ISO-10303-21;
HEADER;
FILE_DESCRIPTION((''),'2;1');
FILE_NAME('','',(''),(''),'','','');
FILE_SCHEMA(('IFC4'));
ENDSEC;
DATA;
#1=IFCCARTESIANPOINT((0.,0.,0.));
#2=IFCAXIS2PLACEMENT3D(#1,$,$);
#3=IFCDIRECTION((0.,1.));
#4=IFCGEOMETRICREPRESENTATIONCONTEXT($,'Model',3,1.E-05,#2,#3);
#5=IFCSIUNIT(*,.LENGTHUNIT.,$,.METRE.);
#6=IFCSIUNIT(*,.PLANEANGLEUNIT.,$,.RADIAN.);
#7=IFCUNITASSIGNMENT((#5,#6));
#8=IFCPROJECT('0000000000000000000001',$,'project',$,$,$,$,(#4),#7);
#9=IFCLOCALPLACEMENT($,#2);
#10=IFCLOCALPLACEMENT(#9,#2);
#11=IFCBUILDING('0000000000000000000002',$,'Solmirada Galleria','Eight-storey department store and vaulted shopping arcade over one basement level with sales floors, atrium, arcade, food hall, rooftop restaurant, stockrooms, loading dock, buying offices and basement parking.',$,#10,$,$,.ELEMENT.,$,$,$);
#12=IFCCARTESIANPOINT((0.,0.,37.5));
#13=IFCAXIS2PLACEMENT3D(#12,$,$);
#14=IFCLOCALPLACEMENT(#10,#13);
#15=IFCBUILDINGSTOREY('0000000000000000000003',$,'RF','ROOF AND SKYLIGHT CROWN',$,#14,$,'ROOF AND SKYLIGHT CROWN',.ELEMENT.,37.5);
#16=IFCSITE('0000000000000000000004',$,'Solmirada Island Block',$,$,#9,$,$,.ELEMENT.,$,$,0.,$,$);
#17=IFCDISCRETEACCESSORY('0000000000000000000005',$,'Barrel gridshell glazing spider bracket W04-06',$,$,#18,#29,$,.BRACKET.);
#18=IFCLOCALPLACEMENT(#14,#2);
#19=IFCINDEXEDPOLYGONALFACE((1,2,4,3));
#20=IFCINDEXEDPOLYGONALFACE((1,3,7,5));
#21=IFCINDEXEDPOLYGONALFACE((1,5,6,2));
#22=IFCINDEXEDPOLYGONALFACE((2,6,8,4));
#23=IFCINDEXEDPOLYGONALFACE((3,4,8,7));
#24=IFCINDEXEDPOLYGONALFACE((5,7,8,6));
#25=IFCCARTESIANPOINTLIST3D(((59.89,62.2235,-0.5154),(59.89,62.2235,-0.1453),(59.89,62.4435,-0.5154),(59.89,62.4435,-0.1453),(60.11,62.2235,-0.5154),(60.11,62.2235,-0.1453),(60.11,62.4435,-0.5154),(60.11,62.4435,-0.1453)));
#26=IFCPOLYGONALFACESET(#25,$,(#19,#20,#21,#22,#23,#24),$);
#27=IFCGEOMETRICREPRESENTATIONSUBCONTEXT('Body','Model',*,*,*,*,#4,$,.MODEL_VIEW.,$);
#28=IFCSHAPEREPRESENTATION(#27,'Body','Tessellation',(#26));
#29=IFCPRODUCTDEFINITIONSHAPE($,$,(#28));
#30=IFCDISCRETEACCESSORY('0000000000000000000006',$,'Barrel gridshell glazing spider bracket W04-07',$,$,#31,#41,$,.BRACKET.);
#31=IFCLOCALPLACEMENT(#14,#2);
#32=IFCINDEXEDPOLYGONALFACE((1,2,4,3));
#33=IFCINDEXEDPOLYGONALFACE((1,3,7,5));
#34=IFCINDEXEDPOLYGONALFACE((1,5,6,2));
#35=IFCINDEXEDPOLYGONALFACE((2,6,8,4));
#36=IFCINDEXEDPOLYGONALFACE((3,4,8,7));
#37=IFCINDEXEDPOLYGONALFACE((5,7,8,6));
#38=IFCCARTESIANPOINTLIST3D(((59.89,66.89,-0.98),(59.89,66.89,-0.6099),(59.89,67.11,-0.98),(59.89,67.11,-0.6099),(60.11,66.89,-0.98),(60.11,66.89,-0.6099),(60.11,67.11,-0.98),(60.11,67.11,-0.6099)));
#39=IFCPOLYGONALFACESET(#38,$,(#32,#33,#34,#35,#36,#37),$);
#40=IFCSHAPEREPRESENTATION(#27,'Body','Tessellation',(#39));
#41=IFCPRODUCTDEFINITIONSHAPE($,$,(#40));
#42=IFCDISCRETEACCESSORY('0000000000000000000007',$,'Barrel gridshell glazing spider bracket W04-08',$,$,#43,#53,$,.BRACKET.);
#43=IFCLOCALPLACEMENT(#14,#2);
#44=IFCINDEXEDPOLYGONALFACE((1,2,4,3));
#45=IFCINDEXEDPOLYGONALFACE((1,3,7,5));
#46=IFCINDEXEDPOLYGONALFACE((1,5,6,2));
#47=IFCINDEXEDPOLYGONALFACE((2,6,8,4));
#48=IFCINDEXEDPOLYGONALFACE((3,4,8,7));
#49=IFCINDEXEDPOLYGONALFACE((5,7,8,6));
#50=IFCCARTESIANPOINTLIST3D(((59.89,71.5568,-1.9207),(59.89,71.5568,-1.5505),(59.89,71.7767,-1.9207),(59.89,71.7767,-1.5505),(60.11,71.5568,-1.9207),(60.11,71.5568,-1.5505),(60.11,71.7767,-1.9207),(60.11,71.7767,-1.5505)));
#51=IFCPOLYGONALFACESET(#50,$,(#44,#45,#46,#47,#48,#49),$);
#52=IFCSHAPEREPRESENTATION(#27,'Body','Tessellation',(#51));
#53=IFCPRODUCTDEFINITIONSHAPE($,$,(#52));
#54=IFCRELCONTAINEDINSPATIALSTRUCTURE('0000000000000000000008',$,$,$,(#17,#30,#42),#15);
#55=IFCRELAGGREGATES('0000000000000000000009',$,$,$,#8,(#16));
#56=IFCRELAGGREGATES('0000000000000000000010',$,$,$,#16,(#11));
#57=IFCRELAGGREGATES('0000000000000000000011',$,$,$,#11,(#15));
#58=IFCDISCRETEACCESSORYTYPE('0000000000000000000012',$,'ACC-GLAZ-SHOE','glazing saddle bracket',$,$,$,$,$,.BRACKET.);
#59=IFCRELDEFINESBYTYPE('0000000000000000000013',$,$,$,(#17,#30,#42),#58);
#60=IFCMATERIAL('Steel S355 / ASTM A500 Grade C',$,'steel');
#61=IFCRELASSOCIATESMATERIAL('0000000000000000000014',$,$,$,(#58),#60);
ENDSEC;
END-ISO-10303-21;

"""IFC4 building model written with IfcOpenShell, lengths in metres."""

from ifc_helpers import new_model, si_unit, direction, frame, origin, origin_2d, place, context, subcontext, project, spatial, rectangle, extrude, material, type_object, element, save


model = new_model("IFC4")

# Units and contexts
model_context = context("Model", 3, precision=1e-05, world=origin(), true_north=direction((0.0, 1.0)))
body_context = subcontext(model_context, "Body", "Model", "MODEL_VIEW")
ifc_project = project(units=[si_unit("LENGTHUNIT", "METRE"), si_unit("PLANEANGLEUNIT", "RADIAN")], contexts=[model_context])

# Site, building, storey
site_placement = place(None, origin())
site = spatial("IfcSite", under=ifc_project, at=site_placement, Name="Solmirada Island Block", CompositionType="ELEMENT", RefElevation=0.0)
building_placement = place(site_placement, origin())
building = spatial("IfcBuilding", under=site, at=building_placement, Name="Solmirada Galleria", Description="Eight-storey department store and vaulted shopping arcade over one basement level with sales floors, atrium, arcade, food hall, rooftop restaurant, stockrooms, loading dock, buying offices and basement parking.", CompositionType="ELEMENT")
storey_placement = place(building_placement, frame((0.0, 0.0, 37.5)))
storey = spatial("IfcBuildingStorey", under=building, at=storey_placement, Name="RF", Description="ROOF AND SKYLIGHT CROWN", LongName="ROOF AND SKYLIGHT CROWN", CompositionType="ELEMENT", Elevation=37.5)

# Shared definitions
ifc_material_1 = material(Name="Steel S355 / ASTM A500 Grade C", Category="steel")

# Discrete accessories
discrete_accessory_type = type_object("IfcDiscreteAccessoryType", Name="ACC-GLAZ-SHOE", Description="glazing saddle bracket", PredefinedType="BRACKET", material=ifc_material_1)
for number, where, z_axis, x_axis, name in (
    (1, (60.0, 62.3335, -0.5154), (0.0, 0.0, 1.0), (1.0, 0.0, 0.0), "Barrel gridshell glazing spider bracket W04-06"),
    (2, (60.0, 67.0, -0.98), (0.0, 0.0, 1.0), (1.0, 0.0, 0.0), "Barrel gridshell glazing spider bracket W04-07"),
    (3, (60.0, 71.6667, -1.9207), (0.0, 0.0, 1.0), (1.0, 0.0, 0.0), "Barrel gridshell glazing spider bracket W04-08"),
):
    element("IfcDiscreteAccessory", number, at=place(storey_placement, frame(where, z_axis=z_axis, x_axis=x_axis)), inside=storey, type_object=discrete_accessory_type, Name=name, PredefinedType="BRACKET", context=body_context, shape_type="SweptSolid", body=[
        extrude(rectangle(XDim=0.22, YDim=0.22, at=origin_2d()), origin(), (0.0, 0.0, 1.0), 0.3701),
    ])

save(model, "model.ifc")
